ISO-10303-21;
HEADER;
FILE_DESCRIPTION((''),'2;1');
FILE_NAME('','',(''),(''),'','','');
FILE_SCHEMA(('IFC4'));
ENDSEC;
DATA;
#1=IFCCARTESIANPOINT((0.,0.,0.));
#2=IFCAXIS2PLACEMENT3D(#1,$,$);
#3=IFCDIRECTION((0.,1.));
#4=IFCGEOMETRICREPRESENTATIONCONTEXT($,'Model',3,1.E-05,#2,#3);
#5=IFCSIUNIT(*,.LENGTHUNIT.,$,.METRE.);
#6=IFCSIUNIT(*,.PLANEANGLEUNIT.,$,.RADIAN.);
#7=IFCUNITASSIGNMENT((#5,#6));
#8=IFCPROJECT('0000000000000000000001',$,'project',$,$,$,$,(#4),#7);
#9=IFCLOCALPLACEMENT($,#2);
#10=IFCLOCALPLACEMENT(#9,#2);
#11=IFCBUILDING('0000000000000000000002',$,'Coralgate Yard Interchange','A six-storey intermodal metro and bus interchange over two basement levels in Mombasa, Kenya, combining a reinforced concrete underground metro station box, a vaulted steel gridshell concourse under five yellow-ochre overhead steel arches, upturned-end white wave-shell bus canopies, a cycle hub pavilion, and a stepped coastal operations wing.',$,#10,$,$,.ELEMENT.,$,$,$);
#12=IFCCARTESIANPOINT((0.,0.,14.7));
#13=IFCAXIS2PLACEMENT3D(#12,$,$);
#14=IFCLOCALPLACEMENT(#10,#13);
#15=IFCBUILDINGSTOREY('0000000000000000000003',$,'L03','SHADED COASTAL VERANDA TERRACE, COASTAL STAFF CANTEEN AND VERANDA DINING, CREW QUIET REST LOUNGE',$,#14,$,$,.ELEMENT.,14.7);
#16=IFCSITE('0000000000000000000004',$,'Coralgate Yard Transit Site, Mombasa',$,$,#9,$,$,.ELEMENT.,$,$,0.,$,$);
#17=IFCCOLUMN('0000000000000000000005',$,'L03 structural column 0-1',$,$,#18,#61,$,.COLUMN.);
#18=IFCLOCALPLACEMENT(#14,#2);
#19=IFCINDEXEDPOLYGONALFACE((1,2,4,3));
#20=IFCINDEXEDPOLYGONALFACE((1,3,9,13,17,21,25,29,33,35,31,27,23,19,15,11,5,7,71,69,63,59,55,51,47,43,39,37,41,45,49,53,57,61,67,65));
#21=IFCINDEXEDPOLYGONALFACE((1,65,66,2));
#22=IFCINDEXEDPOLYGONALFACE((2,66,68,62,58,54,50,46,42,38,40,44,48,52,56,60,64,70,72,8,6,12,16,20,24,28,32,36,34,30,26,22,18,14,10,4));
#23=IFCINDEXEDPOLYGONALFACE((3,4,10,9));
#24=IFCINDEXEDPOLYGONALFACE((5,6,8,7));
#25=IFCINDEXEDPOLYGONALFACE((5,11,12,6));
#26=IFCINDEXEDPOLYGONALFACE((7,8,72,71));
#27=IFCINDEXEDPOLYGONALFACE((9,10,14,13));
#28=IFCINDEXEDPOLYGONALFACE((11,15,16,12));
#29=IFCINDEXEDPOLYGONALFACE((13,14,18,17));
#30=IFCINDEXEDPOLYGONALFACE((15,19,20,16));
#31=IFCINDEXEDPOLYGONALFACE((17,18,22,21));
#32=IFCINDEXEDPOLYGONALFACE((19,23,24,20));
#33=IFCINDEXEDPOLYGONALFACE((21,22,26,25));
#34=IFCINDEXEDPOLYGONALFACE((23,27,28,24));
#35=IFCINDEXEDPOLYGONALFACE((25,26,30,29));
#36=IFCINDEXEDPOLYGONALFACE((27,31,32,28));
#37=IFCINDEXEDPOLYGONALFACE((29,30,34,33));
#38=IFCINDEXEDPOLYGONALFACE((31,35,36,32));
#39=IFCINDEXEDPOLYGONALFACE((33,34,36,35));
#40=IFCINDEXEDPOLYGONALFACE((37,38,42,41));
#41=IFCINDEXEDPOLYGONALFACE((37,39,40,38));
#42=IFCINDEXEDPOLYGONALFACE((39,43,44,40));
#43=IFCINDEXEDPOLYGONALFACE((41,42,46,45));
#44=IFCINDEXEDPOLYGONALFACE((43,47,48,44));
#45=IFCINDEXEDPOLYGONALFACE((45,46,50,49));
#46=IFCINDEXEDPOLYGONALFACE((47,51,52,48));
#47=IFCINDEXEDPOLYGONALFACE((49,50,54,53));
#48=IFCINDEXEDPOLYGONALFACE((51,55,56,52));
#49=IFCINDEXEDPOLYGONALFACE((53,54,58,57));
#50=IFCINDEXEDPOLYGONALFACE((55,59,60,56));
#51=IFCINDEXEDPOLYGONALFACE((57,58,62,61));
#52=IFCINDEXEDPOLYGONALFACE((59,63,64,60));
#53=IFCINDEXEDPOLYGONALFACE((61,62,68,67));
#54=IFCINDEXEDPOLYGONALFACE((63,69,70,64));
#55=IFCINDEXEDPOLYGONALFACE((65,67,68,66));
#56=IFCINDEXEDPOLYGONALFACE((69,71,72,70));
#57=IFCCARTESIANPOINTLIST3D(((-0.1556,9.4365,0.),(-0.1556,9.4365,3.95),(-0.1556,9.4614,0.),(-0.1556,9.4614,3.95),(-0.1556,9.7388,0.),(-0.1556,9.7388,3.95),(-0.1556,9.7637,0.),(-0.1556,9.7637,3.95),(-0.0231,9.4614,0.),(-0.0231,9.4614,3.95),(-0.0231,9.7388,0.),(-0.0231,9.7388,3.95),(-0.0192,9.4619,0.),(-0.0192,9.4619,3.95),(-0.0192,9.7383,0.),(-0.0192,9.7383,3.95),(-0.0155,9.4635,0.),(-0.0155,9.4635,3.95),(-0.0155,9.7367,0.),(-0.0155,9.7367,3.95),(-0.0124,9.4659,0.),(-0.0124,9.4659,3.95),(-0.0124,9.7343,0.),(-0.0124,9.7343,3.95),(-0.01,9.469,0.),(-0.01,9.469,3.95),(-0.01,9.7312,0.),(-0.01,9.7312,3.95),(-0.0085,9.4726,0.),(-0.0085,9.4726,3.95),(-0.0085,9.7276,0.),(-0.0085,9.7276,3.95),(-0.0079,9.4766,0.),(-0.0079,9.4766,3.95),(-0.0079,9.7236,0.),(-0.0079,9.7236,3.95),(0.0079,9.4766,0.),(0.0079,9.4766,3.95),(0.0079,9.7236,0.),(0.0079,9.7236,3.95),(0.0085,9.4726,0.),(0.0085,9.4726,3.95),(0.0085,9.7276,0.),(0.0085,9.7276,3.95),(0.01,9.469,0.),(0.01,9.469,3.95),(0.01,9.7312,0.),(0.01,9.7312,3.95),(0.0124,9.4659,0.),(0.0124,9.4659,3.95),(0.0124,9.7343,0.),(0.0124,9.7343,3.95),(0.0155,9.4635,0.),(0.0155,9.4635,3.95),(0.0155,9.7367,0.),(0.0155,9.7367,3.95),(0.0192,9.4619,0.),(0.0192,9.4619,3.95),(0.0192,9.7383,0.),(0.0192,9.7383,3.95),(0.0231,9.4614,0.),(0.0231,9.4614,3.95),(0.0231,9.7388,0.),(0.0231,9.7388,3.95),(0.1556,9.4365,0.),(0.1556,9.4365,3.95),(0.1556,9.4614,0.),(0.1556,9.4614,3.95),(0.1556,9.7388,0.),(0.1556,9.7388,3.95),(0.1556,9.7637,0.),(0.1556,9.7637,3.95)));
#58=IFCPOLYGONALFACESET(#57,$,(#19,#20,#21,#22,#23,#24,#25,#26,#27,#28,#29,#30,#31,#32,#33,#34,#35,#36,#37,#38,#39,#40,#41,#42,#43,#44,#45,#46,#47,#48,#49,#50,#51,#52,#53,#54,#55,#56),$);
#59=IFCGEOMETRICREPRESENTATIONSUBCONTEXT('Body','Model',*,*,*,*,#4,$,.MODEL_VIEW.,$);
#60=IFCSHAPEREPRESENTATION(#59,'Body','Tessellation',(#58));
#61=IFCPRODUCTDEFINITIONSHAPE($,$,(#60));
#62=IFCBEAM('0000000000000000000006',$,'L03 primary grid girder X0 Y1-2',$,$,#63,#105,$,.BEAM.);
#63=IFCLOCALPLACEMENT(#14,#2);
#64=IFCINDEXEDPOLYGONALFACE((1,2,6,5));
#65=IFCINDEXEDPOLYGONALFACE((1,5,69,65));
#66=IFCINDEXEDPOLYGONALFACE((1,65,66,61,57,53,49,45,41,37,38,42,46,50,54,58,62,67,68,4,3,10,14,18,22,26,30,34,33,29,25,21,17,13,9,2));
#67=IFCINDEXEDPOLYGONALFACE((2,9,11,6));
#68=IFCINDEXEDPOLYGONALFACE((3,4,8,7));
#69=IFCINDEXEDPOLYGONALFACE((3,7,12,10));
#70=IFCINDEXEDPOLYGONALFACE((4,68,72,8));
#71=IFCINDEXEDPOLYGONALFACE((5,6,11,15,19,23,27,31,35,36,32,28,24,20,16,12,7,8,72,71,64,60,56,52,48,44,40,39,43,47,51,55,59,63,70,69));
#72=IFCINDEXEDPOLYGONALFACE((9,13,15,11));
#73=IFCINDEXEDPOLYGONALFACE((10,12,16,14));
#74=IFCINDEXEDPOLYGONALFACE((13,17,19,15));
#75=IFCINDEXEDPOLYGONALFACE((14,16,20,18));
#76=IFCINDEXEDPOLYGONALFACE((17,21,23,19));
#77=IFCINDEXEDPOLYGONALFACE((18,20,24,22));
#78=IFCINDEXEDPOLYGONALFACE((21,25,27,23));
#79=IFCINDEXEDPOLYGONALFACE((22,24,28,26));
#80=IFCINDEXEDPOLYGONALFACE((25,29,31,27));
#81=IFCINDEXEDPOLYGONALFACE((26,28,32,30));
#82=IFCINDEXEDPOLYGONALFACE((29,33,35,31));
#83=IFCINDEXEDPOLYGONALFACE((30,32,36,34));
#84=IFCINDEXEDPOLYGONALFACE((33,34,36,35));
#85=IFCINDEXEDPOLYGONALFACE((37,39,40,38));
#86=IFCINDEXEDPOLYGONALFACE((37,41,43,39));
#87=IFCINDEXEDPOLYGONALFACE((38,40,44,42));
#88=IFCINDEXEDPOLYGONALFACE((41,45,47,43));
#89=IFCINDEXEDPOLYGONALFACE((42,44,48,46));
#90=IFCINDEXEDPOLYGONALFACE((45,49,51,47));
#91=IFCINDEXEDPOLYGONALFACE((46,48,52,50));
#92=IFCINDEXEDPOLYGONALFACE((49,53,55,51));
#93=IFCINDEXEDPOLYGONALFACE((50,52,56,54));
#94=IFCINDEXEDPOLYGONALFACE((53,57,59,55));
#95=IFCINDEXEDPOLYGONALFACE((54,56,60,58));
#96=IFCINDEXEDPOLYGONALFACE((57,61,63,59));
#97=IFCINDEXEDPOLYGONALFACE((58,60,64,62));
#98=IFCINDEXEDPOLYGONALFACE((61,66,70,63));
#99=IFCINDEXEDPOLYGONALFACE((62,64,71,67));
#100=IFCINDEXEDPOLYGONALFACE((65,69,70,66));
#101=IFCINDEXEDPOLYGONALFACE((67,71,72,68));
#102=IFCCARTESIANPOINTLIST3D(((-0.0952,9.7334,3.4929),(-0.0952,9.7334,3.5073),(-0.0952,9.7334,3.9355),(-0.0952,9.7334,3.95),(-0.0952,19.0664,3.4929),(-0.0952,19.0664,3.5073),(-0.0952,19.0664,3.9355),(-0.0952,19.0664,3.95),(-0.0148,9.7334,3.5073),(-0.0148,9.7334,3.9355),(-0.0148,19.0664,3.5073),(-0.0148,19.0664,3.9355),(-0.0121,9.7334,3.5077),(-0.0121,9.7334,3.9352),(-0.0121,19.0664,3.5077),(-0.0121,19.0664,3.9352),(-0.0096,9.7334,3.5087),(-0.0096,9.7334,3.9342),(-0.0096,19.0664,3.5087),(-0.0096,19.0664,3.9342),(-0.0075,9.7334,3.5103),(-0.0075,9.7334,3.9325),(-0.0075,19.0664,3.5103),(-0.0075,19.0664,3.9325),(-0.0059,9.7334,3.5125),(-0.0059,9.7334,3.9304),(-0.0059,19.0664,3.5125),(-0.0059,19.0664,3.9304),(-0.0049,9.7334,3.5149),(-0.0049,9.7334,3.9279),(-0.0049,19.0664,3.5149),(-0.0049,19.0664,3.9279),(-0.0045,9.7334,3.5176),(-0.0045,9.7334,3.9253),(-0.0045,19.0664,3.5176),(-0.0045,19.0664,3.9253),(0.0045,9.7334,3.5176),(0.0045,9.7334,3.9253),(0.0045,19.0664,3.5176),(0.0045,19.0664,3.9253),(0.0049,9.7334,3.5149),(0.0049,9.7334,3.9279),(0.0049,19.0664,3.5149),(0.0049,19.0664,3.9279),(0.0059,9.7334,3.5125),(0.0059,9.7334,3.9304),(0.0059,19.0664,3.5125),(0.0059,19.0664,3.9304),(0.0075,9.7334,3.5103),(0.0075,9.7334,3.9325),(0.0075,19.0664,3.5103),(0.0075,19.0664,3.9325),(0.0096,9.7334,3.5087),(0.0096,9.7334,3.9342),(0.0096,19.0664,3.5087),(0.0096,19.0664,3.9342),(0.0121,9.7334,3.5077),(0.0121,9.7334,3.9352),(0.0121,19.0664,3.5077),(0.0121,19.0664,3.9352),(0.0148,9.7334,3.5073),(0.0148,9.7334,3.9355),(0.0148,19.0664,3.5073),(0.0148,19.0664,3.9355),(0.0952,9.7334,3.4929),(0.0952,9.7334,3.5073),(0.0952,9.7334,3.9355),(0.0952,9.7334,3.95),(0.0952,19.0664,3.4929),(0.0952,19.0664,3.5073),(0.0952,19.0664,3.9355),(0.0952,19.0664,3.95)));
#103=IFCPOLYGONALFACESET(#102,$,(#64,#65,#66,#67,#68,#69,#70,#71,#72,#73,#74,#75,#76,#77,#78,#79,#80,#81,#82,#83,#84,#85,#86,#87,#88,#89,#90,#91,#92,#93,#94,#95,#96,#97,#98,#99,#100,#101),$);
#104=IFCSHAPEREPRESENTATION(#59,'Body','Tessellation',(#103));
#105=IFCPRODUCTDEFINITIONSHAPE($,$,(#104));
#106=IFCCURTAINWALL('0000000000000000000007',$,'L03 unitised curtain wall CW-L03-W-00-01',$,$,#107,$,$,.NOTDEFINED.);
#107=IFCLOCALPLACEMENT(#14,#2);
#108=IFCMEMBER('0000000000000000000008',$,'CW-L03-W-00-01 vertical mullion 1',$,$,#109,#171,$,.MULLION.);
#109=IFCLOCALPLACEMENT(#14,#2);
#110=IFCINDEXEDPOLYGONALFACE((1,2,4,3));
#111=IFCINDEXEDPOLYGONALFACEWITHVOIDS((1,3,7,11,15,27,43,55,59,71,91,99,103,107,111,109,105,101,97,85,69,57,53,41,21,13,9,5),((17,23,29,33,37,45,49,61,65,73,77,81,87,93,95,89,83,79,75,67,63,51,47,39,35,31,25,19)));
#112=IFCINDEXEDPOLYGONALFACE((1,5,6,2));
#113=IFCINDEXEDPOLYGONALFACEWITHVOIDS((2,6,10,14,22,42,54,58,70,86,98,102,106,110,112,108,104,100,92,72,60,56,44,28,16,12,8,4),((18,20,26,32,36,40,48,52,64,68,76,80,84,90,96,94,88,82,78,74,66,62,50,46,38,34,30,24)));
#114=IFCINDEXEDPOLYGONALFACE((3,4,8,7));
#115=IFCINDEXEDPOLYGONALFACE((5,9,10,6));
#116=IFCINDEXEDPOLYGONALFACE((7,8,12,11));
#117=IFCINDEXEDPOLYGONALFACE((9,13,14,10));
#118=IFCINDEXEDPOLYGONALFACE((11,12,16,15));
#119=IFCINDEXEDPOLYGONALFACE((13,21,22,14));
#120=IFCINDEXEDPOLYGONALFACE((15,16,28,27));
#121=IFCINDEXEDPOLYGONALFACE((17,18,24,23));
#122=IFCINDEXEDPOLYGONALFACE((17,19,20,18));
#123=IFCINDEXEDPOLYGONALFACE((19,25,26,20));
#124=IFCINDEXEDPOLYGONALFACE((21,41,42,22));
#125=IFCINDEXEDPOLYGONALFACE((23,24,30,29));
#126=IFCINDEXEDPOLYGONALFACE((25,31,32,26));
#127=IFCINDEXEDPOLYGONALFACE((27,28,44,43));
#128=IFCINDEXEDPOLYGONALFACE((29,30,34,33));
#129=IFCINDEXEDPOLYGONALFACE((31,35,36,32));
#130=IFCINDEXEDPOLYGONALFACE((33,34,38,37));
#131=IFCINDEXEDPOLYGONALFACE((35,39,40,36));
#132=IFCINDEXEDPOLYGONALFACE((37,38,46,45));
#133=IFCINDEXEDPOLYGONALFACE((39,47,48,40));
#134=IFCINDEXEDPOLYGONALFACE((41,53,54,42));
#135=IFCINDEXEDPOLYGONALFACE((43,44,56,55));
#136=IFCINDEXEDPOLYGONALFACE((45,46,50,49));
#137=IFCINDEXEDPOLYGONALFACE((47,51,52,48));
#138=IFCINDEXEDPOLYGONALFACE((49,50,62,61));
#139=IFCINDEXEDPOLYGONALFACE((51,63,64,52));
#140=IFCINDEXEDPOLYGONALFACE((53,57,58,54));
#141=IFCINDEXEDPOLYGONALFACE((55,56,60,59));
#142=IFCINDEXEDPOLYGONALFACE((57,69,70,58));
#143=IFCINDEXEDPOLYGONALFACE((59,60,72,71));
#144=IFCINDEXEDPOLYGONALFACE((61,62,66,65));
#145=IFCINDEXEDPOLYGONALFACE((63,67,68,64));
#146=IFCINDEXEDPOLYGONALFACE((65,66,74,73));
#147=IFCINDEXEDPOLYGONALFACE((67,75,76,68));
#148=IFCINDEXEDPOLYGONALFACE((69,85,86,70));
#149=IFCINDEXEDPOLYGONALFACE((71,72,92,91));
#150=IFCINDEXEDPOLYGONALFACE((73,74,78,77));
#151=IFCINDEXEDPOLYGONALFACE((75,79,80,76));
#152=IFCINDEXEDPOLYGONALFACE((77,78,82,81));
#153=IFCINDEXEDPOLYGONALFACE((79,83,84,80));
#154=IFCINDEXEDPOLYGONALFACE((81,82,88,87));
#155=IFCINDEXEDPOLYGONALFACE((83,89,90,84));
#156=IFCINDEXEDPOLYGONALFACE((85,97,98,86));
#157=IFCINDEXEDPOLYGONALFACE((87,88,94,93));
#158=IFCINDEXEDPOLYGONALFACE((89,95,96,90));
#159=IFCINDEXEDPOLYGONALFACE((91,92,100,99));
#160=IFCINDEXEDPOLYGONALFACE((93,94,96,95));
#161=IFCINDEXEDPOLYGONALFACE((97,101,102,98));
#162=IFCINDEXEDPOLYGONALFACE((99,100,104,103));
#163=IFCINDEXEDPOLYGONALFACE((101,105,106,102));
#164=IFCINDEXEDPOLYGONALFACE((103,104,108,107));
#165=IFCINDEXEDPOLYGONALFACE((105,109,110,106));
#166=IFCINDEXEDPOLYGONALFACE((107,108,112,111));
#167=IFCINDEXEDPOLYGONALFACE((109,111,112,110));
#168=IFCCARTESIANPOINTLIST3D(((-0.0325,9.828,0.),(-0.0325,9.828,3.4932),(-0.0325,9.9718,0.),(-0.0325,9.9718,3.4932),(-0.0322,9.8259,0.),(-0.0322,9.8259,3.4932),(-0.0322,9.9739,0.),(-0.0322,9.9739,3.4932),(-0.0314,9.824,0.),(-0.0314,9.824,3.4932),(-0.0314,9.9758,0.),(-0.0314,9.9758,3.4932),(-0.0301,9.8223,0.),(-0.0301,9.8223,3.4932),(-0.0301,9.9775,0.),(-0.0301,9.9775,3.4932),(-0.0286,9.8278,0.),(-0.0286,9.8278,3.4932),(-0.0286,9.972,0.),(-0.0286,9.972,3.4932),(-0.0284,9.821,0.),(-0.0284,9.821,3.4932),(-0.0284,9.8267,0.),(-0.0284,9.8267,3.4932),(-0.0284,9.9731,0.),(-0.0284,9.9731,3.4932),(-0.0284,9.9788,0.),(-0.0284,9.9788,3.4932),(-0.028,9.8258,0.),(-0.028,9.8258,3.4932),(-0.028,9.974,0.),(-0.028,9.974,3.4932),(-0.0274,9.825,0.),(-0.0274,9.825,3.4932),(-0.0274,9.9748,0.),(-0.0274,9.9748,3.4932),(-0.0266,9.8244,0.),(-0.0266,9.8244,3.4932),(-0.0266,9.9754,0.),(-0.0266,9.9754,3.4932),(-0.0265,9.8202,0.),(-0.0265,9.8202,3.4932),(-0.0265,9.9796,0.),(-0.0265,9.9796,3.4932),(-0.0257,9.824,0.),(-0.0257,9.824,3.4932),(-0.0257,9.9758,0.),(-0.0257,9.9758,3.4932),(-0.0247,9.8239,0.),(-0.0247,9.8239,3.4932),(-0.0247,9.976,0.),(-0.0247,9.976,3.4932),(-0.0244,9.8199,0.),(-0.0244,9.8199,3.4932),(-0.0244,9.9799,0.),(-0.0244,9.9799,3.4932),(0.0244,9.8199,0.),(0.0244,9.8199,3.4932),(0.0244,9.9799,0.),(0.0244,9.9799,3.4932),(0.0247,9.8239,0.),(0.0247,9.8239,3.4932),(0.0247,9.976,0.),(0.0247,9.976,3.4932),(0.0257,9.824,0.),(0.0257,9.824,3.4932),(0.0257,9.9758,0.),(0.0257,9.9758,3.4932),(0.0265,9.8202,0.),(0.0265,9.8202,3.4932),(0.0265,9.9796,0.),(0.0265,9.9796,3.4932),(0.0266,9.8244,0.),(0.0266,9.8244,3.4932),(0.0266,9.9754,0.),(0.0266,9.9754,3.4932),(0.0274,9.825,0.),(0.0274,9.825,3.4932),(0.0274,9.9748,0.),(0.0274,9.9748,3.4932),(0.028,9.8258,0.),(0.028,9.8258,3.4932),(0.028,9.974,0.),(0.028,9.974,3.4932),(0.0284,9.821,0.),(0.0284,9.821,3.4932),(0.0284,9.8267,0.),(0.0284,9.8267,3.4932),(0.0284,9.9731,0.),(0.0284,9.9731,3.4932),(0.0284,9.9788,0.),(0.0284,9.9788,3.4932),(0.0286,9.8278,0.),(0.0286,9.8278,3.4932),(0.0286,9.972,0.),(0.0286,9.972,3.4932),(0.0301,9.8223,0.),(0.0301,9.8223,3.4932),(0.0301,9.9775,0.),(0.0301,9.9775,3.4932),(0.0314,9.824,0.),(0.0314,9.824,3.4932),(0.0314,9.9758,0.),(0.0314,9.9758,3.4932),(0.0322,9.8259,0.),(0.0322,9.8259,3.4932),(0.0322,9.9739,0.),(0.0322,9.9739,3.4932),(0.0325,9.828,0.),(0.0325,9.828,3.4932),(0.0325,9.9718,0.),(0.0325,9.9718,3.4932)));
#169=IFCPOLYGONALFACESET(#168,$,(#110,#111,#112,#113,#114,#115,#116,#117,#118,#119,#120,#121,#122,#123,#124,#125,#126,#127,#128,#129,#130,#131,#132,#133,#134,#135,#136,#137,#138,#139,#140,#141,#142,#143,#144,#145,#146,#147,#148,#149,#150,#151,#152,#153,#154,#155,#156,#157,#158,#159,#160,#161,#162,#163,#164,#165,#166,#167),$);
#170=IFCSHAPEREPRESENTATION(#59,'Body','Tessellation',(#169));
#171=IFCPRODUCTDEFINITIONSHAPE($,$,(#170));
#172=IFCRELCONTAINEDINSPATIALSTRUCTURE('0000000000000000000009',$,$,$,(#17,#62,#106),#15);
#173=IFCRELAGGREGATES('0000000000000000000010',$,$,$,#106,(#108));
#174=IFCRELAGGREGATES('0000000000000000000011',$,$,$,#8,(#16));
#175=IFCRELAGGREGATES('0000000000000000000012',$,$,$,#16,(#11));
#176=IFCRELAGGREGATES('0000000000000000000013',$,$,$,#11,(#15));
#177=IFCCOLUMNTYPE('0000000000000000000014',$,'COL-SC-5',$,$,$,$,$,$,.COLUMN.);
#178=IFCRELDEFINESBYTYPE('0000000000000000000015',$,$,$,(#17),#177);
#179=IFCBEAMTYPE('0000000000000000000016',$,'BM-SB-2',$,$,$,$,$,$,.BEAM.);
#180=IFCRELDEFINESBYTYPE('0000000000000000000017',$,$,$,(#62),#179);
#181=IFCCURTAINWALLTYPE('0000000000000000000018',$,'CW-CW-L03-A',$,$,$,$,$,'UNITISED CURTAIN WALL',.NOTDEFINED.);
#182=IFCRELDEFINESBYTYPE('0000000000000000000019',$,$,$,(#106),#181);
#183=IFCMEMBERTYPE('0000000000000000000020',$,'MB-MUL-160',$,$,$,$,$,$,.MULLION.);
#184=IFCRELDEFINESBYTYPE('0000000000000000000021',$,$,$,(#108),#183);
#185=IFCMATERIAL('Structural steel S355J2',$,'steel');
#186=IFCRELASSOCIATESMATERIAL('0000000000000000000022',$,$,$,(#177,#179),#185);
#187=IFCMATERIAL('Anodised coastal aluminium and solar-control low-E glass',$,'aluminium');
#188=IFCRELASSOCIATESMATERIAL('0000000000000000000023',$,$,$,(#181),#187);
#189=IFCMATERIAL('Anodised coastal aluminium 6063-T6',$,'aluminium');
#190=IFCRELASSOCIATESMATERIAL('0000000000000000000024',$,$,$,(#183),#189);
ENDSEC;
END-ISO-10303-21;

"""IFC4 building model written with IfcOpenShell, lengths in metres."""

from ifc_helpers import new_model, si_unit, direction, frame, origin, origin_2d, place, context, subcontext, project, spatial, hollow_rectangle, i_section, extrude, material, material_profile, profile_set, type_object, element, aggregate, save


model = new_model("IFC4")

# Units and contexts
model_context = context("Model", 3, precision=1e-05, world=origin(), true_north=direction((0.0, 1.0)))
body_context = subcontext(model_context, "Body", "Model", "MODEL_VIEW")
ifc_project = project(units=[si_unit("LENGTHUNIT", "METRE"), si_unit("PLANEANGLEUNIT", "RADIAN")], contexts=[model_context])

# Site, building, storey
site_placement = place(None, origin())
site = spatial("IfcSite", under=ifc_project, at=site_placement, Name="Coralgate Yard Transit Site, Mombasa", CompositionType="ELEMENT", RefElevation=0.0)
building_placement = place(site_placement, origin())
building = spatial("IfcBuilding", under=site, at=building_placement, Name="Coralgate Yard Interchange", Description="A six-storey intermodal metro and bus interchange over two basement levels in Mombasa, Kenya, combining a reinforced concrete underground metro station box, a vaulted steel gridshell concourse under five yellow-ochre overhead steel arches, upturned-end white wave-shell bus canopies, a cycle hub pavilion, and a stepped coastal operations wing.", CompositionType="ELEMENT")
storey_placement = place(building_placement, frame((0.0, 0.0, 14.7)))
storey = spatial("IfcBuildingStorey", under=building, at=storey_placement, Name="L03", Description="SHADED COASTAL VERANDA TERRACE, COASTAL STAFF CANTEEN AND VERANDA DINING, CREW QUIET REST LOUNGE", CompositionType="ELEMENT", Elevation=14.7)

# Column
ifc_material_1 = material(Name="Structural steel S355J2", Category="steel")
ifc_material_profile_1 = material_profile(ifc_material_1, i_section(OverallWidth=0.3113, OverallDepth=0.3271, WebThickness=0.0159, FlangeThickness=0.0249, FilletRadius=0.0151, at=origin_2d()), Name="UC 305x305x158")
ifc_profile_set_1 = profile_set([ifc_material_profile_1], Name="Structural steel S355J2")
column_type = type_object("IfcColumnType", Name="COL-SC-5", PredefinedType="COLUMN", material=ifc_profile_set_1)
column_placement = place(storey_placement, frame((0.0, 9.6001, 0.0), z_axis=(0.0, 0.0, 1.0), x_axis=(1.0, 0.0, 0.0)))
element("IfcColumn", 1, at=column_placement, inside=storey, type_object=column_type, Name="L03 structural column 0-1", PredefinedType="COLUMN", context=body_context, shape_type="SweptSolid", body=[
    extrude(i_section(OverallWidth=0.3113, OverallDepth=0.3271, WebThickness=0.0159, FlangeThickness=0.0249, FilletRadius=0.0151, at=origin_2d()), origin(), (0.0, 0.0, 1.0), 3.95),
])

# Beam
ifc_material_profile_2 = material_profile(ifc_material_1, i_section(OverallWidth=0.1904, OverallDepth=0.457, WebThickness=0.009, FlangeThickness=0.0144, FilletRadius=0.0103, at=origin_2d()), Name="UB 457x191x74")
ifc_profile_set_2 = profile_set([ifc_material_profile_2], Name="Structural steel S355J2")
beam_type = type_object("IfcBeamType", Name="BM-SB-2", PredefinedType="BEAM", material=ifc_profile_set_2)
beam_placement = place(storey_placement, frame((0.0, 9.7334, 3.7214), z_axis=(0.0, 1.0, 0.0), x_axis=(-1.0, 0.0, 0.0)))
element("IfcBeam", 2, at=beam_placement, inside=storey, type_object=beam_type, Name="L03 primary grid girder X0 Y1-2", PredefinedType="BEAM", context=body_context, shape_type="SweptSolid", body=[
    extrude(i_section(OverallWidth=0.1904, OverallDepth=0.457, WebThickness=0.009, FlangeThickness=0.0144, FilletRadius=0.0103, at=origin_2d()), origin(), (0.0, 0.0, 1.0), 9.333),
])

# Curtain wall, member
ifc_material_2 = material(Name="Anodised coastal aluminium and solar-control low-E glass", Category="aluminium")
curtain_wall_type = type_object("IfcCurtainWallType", Name="CW-CW-L03-A", ElementType="UNITISED CURTAIN WALL", PredefinedType="NOTDEFINED", material=ifc_material_2)
curtain_wall_placement = place(storey_placement, origin())
curtain_wall = element("IfcCurtainWall", 3, at=curtain_wall_placement, inside=storey, type_object=curtain_wall_type, Name="L03 unitised curtain wall CW-L03-W-00-01", PredefinedType="NOTDEFINED")
ifc_material_3 = material(Name="Anodised coastal aluminium 6063-T6", Category="aluminium")
ifc_material_profile_3 = material_profile(ifc_material_3, hollow_rectangle(XDim=0.0649, YDim=0.1599, WallThickness=0.0039, InnerFilletRadius=0.0039, OuterFilletRadius=0.0081, at=origin_2d()), Name="ALU 65x160x4")
ifc_profile_set_3 = profile_set([ifc_material_profile_3], Name="Anodised coastal aluminium 6063-T6")
member_type_1 = type_object("IfcMemberType", Name="MB-MUL-160", PredefinedType="MULLION", material=ifc_profile_set_3)
member_1_placement = place(storey_placement, frame((0.0, 9.8999, 0.0), z_axis=(0.0, 0.0, 1.0), x_axis=(1.0, 0.0, 0.0)))
member_1 = element("IfcMember", 4, at=member_1_placement, type_object=member_type_1, Name="CW-L03-W-00-01 vertical mullion 1", PredefinedType="MULLION", context=body_context, shape_type="SweptSolid", body=[
    extrude(hollow_rectangle(XDim=0.0649, YDim=0.1599, WallThickness=0.0039, InnerFilletRadius=0.0039, OuterFilletRadius=0.0081, at=origin_2d()), origin(), (0.0, 0.0, 1.0), 3.4932),
])
aggregate(curtain_wall, [member_1])

save(model, "model.ifc")
